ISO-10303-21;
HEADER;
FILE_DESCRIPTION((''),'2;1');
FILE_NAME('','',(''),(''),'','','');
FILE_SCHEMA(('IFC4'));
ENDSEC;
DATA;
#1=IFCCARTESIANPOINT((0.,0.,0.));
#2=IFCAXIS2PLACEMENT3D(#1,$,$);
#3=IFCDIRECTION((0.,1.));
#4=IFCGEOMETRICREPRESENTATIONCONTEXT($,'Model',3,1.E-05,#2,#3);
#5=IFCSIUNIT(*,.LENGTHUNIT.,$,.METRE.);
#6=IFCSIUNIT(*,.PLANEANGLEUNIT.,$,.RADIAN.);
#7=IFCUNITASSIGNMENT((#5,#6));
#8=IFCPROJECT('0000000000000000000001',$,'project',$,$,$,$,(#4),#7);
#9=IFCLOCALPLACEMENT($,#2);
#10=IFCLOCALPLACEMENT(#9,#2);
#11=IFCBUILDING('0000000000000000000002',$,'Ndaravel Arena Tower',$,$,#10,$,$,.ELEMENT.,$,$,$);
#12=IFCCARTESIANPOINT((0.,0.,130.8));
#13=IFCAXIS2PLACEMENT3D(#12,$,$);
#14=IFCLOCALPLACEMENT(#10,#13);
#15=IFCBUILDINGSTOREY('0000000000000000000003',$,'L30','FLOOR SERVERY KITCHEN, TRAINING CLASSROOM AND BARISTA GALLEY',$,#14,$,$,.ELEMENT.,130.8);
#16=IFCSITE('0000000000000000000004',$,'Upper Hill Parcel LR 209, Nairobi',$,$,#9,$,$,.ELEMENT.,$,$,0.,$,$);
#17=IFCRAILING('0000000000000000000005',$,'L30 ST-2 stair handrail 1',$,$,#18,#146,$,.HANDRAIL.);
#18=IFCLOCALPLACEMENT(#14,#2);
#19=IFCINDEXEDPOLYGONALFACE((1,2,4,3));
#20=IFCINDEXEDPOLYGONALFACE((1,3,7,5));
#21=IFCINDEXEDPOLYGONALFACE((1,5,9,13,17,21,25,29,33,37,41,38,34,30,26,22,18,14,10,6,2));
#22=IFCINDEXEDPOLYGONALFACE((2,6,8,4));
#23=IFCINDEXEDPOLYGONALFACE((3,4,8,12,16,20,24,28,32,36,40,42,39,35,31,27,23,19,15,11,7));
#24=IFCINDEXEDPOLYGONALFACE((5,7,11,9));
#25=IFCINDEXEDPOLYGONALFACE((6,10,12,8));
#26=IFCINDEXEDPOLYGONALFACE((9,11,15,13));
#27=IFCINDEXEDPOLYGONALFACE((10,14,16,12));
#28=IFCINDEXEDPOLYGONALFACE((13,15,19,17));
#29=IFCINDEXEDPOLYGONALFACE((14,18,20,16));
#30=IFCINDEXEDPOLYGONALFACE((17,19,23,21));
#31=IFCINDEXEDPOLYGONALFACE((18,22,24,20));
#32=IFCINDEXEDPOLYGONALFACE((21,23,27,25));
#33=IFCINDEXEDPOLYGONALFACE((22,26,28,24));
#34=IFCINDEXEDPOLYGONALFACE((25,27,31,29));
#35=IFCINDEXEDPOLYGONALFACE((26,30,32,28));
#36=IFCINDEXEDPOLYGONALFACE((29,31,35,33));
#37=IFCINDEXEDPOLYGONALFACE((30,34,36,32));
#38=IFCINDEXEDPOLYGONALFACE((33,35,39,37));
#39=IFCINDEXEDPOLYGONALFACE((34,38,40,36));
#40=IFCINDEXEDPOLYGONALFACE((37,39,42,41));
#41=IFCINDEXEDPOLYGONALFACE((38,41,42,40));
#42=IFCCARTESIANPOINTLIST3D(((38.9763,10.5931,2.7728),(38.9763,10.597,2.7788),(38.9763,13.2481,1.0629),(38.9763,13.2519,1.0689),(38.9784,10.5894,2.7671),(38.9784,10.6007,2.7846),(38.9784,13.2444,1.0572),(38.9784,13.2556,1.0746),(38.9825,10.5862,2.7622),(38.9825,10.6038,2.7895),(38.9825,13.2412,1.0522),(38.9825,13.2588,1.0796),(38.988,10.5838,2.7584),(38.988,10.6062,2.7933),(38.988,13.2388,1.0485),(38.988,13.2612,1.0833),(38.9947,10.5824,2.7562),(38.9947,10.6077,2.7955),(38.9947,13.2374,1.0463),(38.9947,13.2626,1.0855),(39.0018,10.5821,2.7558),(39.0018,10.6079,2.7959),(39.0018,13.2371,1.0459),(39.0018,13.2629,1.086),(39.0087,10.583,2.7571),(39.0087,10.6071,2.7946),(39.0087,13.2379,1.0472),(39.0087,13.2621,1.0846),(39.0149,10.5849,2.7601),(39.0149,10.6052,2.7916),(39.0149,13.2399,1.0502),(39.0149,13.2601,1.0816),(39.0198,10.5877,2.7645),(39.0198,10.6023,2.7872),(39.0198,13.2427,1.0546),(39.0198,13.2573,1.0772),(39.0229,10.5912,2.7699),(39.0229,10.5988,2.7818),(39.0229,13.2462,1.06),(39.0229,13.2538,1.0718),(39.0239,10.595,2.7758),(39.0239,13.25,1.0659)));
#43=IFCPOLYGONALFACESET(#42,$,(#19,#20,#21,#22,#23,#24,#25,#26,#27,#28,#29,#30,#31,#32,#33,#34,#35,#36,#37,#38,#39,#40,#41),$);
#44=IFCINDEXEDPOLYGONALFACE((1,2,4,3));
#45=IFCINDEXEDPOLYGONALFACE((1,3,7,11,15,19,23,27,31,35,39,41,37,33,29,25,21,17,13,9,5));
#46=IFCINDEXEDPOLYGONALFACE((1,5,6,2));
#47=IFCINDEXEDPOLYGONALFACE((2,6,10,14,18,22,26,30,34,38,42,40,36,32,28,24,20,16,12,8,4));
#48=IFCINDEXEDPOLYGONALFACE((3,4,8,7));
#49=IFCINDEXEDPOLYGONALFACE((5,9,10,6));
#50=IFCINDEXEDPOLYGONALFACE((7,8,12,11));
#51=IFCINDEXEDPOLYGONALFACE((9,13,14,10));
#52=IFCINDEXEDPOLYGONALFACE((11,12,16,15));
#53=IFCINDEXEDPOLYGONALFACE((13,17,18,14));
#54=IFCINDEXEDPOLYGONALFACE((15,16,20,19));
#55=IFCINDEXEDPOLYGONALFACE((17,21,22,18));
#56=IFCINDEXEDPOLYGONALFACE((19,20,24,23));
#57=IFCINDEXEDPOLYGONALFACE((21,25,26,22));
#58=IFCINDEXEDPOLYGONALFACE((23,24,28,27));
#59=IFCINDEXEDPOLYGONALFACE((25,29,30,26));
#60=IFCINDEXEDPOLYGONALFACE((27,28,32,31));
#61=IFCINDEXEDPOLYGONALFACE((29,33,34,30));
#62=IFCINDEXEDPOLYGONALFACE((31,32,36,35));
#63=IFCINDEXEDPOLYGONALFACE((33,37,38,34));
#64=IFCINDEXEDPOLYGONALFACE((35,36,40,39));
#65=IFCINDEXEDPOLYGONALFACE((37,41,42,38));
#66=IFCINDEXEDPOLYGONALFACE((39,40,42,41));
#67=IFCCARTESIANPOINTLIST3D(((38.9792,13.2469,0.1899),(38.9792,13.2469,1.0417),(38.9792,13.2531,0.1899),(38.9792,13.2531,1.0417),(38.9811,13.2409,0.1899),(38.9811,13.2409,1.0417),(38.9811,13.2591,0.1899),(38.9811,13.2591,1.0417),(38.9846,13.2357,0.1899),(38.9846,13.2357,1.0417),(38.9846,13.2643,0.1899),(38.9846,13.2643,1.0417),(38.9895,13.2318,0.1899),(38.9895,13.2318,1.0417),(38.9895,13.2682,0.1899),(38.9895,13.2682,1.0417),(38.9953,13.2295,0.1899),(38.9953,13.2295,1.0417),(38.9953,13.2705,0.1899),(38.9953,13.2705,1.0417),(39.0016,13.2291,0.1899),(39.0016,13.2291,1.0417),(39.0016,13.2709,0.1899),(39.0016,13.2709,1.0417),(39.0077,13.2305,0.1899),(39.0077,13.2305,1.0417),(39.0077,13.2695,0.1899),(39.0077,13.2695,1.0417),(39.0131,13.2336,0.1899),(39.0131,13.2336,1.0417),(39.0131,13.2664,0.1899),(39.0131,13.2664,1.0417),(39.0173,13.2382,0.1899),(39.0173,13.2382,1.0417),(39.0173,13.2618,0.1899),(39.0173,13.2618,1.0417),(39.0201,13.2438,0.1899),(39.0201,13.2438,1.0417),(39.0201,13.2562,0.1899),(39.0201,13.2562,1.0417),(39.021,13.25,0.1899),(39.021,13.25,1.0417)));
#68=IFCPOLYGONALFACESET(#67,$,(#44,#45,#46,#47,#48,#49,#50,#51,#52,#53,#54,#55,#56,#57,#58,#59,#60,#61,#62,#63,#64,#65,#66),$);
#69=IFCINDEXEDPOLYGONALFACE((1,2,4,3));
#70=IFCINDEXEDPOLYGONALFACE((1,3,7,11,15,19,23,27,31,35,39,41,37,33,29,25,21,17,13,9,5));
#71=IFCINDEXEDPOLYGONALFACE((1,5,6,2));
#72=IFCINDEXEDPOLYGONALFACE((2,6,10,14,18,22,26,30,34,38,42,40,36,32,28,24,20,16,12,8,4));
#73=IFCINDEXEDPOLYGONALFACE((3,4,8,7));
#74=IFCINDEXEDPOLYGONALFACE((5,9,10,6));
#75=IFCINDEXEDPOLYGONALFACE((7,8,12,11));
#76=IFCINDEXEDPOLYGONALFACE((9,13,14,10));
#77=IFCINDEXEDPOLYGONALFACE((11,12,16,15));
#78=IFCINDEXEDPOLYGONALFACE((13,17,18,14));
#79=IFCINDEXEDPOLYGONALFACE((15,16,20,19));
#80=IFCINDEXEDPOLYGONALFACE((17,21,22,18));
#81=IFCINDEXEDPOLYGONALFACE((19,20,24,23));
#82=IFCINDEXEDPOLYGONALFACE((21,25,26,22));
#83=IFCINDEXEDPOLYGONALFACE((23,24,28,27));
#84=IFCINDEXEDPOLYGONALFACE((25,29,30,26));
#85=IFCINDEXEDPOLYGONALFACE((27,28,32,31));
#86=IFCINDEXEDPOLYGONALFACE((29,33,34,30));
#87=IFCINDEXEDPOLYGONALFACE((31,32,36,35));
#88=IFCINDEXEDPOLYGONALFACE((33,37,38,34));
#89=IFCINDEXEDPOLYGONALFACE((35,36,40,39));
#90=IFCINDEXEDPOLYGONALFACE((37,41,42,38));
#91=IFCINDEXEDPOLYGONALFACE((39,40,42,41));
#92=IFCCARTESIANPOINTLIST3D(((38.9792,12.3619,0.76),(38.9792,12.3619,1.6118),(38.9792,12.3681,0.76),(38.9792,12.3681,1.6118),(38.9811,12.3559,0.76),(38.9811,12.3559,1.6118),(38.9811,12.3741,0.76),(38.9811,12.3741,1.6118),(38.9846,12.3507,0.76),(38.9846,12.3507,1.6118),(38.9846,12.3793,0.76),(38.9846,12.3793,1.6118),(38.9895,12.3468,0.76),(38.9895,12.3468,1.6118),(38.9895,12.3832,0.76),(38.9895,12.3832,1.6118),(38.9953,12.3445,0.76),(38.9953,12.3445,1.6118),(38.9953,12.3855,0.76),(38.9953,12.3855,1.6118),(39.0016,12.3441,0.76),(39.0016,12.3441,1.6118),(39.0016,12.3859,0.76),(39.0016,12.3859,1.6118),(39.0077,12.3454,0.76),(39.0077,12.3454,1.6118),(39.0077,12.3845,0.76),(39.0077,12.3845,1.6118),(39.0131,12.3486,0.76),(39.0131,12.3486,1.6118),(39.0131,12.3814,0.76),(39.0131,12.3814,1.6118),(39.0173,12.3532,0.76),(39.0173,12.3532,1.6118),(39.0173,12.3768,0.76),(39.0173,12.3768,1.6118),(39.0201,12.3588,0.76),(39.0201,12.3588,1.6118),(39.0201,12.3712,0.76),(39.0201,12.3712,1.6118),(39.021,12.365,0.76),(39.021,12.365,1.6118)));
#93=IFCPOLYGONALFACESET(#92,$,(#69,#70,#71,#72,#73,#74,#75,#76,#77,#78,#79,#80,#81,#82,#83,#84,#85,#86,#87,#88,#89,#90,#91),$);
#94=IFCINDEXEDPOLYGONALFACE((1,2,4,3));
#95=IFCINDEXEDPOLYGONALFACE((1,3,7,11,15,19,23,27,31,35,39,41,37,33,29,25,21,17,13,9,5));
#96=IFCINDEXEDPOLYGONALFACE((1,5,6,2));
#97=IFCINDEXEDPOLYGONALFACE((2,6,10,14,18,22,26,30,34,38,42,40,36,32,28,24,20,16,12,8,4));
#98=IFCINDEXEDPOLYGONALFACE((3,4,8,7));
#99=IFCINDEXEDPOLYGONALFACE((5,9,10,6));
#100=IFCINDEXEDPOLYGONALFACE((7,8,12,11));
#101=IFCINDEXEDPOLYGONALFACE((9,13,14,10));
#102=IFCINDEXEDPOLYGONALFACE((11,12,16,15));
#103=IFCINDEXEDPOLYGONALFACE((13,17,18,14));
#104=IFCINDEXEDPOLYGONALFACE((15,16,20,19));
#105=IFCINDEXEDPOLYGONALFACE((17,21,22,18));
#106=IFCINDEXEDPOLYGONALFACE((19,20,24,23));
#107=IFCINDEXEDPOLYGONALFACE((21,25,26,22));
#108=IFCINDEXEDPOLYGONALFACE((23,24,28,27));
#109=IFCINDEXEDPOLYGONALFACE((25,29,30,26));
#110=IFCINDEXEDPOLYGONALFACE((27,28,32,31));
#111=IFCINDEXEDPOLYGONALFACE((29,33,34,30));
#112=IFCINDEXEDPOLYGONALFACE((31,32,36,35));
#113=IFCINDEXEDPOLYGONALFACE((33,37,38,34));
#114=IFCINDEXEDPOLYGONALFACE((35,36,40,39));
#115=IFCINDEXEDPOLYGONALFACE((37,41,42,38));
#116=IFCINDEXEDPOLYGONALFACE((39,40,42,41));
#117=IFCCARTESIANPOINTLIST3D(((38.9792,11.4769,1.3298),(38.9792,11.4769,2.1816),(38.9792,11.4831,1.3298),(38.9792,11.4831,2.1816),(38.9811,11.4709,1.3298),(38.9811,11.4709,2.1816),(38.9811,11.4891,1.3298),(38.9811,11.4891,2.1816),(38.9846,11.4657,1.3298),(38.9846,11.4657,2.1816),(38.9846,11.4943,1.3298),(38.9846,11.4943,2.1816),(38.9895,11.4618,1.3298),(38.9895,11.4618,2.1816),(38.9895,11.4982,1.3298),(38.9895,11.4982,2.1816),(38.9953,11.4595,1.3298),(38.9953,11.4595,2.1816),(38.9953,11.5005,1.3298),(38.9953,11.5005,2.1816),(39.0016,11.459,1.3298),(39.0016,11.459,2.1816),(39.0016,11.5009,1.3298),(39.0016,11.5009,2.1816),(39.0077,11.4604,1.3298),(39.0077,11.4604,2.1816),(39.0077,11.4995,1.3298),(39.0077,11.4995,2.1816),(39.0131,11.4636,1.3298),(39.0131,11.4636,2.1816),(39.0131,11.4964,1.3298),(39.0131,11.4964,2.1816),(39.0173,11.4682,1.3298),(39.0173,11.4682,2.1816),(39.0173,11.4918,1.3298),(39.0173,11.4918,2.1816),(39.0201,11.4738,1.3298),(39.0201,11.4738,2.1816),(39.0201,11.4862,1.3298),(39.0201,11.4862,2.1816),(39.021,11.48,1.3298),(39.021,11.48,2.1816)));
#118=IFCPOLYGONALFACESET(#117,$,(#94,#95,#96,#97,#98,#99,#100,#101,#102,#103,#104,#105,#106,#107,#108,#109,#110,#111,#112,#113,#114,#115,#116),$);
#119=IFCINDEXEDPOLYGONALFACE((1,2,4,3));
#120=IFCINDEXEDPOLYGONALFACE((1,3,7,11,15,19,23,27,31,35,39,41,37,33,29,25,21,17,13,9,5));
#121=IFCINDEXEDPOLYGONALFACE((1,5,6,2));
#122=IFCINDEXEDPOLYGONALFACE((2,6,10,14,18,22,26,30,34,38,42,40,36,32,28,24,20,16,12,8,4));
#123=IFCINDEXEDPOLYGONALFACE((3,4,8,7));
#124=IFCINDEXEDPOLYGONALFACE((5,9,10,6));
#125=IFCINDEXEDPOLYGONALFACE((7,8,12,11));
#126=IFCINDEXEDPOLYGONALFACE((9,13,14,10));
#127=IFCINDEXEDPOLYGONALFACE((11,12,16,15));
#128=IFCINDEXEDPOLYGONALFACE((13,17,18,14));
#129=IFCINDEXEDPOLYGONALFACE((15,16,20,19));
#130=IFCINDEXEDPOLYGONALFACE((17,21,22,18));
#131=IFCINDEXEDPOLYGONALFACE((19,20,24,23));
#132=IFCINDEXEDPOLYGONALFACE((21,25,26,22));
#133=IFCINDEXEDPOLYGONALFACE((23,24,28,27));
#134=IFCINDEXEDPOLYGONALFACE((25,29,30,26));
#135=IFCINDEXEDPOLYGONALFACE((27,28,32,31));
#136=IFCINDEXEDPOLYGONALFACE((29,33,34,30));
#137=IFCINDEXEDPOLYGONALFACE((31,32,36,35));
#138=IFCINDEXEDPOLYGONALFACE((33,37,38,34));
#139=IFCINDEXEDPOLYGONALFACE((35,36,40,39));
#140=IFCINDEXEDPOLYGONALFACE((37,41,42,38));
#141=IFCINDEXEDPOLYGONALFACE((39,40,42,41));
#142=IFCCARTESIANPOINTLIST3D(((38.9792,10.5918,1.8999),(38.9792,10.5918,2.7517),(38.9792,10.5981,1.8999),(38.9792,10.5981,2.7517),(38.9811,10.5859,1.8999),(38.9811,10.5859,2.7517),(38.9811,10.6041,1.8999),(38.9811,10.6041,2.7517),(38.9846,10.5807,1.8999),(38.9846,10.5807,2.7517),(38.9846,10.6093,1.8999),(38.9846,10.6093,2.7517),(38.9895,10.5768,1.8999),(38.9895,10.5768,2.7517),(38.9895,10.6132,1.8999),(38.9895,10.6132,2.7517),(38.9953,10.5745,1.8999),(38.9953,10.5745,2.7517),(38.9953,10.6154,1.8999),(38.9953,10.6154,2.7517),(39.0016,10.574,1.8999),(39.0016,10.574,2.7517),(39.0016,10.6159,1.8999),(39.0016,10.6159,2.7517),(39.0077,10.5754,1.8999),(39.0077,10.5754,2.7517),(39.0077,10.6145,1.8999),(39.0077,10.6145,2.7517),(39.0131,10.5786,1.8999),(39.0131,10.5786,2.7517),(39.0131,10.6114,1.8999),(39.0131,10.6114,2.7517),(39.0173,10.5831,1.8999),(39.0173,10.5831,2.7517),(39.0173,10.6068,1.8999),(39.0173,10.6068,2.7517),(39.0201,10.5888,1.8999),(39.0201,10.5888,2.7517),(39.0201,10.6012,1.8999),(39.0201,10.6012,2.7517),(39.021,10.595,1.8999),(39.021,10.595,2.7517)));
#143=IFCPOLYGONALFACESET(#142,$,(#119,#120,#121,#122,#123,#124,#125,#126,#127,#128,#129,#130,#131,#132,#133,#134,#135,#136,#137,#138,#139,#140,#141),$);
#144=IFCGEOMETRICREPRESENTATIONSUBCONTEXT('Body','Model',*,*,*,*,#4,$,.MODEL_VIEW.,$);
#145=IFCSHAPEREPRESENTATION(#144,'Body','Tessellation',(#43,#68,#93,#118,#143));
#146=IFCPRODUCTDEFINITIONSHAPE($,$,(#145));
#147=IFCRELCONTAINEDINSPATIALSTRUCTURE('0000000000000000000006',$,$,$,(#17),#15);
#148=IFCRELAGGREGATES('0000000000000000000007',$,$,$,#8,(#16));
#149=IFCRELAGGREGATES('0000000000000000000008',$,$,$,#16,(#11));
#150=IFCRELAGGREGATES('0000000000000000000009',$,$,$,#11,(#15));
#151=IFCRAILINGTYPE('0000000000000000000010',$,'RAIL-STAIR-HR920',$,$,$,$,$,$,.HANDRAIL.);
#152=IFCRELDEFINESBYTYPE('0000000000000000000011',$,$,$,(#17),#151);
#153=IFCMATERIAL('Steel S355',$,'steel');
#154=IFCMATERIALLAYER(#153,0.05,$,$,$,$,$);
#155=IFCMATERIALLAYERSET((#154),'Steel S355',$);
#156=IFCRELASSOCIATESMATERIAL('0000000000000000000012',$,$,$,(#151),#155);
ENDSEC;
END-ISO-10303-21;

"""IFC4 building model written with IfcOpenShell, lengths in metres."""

from ifc_helpers import new_model, si_unit, direction, frame, origin, origin_2d, place, context, subcontext, project, spatial, circle, extrude, material, layer, layer_set, type_object, element, save


model = new_model("IFC4")

# Units and contexts
model_context = context("Model", 3, precision=1e-05, world=origin(), true_north=direction((0.0, 1.0)))
body_context = subcontext(model_context, "Body", "Model", "MODEL_VIEW")
ifc_project = project(units=[si_unit("LENGTHUNIT", "METRE"), si_unit("PLANEANGLEUNIT", "RADIAN")], contexts=[model_context])

# Site, building, storey
site_placement = place(None, origin())
site = spatial("IfcSite", under=ifc_project, at=site_placement, Name="Upper Hill Parcel LR 209, Nairobi", CompositionType="ELEMENT", RefElevation=0.0)
building_placement = place(site_placement, origin())
building = spatial("IfcBuilding", under=site, at=building_placement, Name="Ndaravel Arena Tower", CompositionType="ELEMENT")
storey_placement = place(building_placement, frame((0.0, 0.0, 130.8)))
storey = spatial("IfcBuildingStorey", under=building, at=storey_placement, Name="L30", Description="FLOOR SERVERY KITCHEN, TRAINING CLASSROOM AND BARISTA GALLEY", CompositionType="ELEMENT", Elevation=130.8)

# Railing
ifc_material_1 = material(Name="Steel S355", Category="steel")
ifc_layer_1 = layer(ifc_material_1, 0.05)
ifc_layer_set_1 = layer_set([ifc_layer_1], Name="Steel S355")
railing_type_1 = type_object("IfcRailingType", Name="RAIL-STAIR-HR920", PredefinedType="HANDRAIL", material=ifc_layer_set_1)
railing_1_placement = place(storey_placement, frame((39.0, 13.25, 0.1899)))
element("IfcRailing", 1, at=railing_1_placement, inside=storey, type_object=railing_type_1, Name="L30 ST-2 stair handrail 1", PredefinedType="HANDRAIL", context=body_context, shape_type="SweptSolid", body=[
    extrude(circle(Radius=0.0239, at=origin_2d()), frame((0.0, 0.0, 0.876), z_axis=(0.0, -0.840724, 0.541465), x_axis=(1.0, 0.0, 0.0)), (0.0, 0.0, 1.0), 3.158),
    extrude(circle(Radius=0.021, at=origin_2d()), origin(), (0.0, 0.0, 1.0), 0.8518),
    extrude(circle(Radius=0.021, at=origin_2d()), frame((0.0, -0.885, 0.5701)), (0.0, 0.0, 1.0), 0.8518),
    extrude(circle(Radius=0.021, at=origin_2d()), frame((0.0, -1.77, 1.1399)), (0.0, 0.0, 1.0), 0.8518),
    extrude(circle(Radius=0.021, at=origin_2d()), frame((0.0, -2.655, 1.71)), (0.0, 0.0, 1.0), 0.8518),
])

save(model, "model.ifc")
